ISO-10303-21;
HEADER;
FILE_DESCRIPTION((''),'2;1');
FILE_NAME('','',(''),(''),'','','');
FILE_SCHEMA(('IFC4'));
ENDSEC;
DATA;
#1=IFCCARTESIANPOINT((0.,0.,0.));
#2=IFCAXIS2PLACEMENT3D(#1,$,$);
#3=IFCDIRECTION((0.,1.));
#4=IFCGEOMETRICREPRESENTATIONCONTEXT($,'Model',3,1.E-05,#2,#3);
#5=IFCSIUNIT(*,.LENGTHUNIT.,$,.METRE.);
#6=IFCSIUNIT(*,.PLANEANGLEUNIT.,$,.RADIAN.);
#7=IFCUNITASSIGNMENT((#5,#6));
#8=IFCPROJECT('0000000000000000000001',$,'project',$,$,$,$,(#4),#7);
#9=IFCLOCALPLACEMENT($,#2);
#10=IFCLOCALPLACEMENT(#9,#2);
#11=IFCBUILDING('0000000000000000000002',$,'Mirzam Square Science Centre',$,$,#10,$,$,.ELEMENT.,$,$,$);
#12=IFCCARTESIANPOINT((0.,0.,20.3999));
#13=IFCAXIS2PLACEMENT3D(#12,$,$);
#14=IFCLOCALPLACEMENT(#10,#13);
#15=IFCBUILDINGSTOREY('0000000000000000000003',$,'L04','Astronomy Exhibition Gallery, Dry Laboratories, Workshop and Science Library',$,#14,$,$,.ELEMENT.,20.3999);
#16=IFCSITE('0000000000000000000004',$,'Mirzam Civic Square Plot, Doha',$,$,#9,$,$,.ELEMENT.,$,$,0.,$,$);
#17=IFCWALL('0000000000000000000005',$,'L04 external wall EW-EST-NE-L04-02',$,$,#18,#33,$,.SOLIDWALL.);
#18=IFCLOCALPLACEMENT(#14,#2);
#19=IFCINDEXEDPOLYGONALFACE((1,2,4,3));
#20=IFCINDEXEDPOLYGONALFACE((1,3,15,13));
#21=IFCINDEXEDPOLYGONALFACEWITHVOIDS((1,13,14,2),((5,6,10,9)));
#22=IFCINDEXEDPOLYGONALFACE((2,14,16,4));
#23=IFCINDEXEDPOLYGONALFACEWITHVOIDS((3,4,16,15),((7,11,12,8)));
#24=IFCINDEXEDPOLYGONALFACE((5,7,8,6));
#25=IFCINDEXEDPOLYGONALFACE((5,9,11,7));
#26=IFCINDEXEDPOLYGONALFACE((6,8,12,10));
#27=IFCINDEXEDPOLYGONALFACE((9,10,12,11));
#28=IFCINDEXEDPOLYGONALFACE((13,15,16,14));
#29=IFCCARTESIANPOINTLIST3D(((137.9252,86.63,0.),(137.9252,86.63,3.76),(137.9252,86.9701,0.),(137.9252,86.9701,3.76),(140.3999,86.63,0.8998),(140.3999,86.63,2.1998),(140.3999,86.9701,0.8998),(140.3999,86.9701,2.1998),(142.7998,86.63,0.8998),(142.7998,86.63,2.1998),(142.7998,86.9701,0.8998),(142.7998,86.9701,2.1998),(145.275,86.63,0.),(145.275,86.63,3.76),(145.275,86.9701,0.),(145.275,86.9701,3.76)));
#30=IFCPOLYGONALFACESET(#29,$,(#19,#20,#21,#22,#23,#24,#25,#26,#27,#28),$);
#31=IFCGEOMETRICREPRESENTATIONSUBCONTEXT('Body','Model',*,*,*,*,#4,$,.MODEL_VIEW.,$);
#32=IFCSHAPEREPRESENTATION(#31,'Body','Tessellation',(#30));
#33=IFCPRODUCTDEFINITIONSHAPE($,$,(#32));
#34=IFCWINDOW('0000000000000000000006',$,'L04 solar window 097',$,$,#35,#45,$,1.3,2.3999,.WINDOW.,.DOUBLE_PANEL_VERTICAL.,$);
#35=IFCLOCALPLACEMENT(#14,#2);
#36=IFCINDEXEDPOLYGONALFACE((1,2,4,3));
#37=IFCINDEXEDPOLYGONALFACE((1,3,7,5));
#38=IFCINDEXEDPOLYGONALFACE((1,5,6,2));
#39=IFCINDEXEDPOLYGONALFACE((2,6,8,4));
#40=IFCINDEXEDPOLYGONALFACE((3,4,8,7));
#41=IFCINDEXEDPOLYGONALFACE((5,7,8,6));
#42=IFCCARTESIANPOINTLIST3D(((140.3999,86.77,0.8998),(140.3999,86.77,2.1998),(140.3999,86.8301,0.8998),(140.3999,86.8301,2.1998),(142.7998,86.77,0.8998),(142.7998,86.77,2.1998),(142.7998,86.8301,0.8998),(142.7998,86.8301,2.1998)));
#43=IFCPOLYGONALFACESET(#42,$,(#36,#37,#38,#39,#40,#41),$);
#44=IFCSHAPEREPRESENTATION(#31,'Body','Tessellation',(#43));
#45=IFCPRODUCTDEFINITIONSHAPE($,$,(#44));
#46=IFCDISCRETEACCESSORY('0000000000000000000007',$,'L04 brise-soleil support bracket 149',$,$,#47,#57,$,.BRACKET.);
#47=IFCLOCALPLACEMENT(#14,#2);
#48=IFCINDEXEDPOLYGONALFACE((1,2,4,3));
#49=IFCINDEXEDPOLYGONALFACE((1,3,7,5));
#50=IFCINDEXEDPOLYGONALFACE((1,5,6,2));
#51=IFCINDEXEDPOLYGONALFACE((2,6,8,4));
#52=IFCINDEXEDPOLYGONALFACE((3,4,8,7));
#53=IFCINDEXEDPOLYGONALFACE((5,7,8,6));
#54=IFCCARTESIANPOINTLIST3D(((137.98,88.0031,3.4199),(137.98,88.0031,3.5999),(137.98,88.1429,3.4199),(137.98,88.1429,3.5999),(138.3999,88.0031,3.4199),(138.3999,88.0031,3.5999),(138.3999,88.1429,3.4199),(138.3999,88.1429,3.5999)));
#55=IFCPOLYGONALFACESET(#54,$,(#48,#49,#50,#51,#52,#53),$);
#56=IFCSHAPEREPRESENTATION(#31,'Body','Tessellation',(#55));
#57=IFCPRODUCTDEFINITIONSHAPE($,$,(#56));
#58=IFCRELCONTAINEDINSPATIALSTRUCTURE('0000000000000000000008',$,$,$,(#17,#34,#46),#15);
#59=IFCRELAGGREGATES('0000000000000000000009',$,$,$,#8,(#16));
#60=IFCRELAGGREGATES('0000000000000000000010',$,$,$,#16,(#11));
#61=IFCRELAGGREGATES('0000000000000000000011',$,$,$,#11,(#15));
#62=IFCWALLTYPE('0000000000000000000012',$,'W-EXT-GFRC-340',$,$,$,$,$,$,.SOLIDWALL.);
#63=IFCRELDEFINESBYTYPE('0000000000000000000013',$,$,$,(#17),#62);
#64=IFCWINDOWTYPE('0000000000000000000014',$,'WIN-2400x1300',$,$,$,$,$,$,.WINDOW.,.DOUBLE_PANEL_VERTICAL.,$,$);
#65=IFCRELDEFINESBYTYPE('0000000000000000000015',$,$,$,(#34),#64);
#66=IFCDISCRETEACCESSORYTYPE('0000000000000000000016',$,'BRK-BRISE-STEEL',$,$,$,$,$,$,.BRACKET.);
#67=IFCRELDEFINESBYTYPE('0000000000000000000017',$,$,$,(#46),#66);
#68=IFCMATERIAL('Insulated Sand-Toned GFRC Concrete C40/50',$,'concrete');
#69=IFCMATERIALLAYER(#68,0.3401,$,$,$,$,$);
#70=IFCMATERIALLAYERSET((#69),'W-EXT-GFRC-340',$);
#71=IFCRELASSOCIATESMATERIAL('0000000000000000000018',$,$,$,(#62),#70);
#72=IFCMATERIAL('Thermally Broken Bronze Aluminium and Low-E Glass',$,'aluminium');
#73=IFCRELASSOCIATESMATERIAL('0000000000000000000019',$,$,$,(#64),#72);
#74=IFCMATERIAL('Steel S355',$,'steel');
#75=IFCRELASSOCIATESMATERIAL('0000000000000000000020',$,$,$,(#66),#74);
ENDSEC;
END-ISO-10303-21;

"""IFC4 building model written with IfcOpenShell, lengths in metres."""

from ifc_helpers import new_model, si_unit, direction, frame, frame_2d, origin, origin_2d, place, context, subcontext, project, spatial, rectangle, extrude, material, layer, layer_set, type_object, element, fill, save


model = new_model("IFC4")

# Units and contexts
model_context = context("Model", 3, precision=1e-05, world=origin(), true_north=direction((0.0, 1.0)))
body_context = subcontext(model_context, "Body", "Model", "MODEL_VIEW")
ifc_project = project(units=[si_unit("LENGTHUNIT", "METRE"), si_unit("PLANEANGLEUNIT", "RADIAN")], contexts=[model_context])

# Site, building, storey
site_placement = place(None, origin())
site = spatial("IfcSite", under=ifc_project, at=site_placement, Name="Mirzam Civic Square Plot, Doha", CompositionType="ELEMENT", RefElevation=0.0)
building_placement = place(site_placement, origin())
building = spatial("IfcBuilding", under=site, at=building_placement, Name="Mirzam Square Science Centre", CompositionType="ELEMENT")
storey_placement = place(building_placement, frame((0.0, 0.0, 20.3999)))
storey = spatial("IfcBuildingStorey", under=building, at=storey_placement, Name="L04", Description="Astronomy Exhibition Gallery, Dry Laboratories, Workshop and Science Library", CompositionType="ELEMENT", Elevation=20.3999)

# Shared definitions
ifc_material_1 = material(Name="Steel S355", Category="steel")

# Wall, opening, window
ifc_material_2 = material(Name="Insulated Sand-Toned GFRC Concrete C40/50", Category="concrete")
ifc_layer_1 = layer(ifc_material_2, 0.3401)
ifc_layer_set_1 = layer_set([ifc_layer_1], Name="W-EXT-GFRC-340")
wall_type = type_object("IfcWallType", Name="W-EXT-GFRC-340", PredefinedType="SOLIDWALL", material=ifc_layer_set_1)
wall_placement = place(storey_placement, frame((145.2749, 86.8, 0.0), z_axis=(0.0, 0.0, 1.0), x_axis=(-1.0, 0.0, 0.0)))
wall = element("IfcWall", 1, at=wall_placement, inside=storey, type_object=wall_type, Name="L04 external wall EW-EST-NE-L04-02", PredefinedType="SOLIDWALL", context=body_context, shape_type="SweptSolid", body=[
    extrude(rectangle(XDim=7.3499, YDim=0.3401, at=frame_2d((3.6748, 0.0))), origin(), (0.0, 0.0, 1.0), 3.76),
])
opening_placement = place(wall_placement, frame((2.4751, 0.0, 0.8999)))
opening = element("IfcOpeningElement", 2, at=opening_placement, cuts=wall, PredefinedType="OPENING", context=body_context, shape_type="SweptSolid", body=[
    extrude(rectangle(XDim=2.3999, YDim=1.3, at=frame_2d((1.2, 0.6499))), frame((0.0, 0.1799, 0.0), z_axis=(0.0, -1.0, 0.0), x_axis=(1.0, 0.0, 0.0)), (0.0, 0.0, 1.0), 0.3601),
])
ifc_material_3 = material(Name="Thermally Broken Bronze Aluminium and Low-E Glass", Category="aluminium")
window_type = type_object("IfcWindowType", Name="WIN-2400x1300", PartitioningType="DOUBLE_PANEL_VERTICAL", PredefinedType="WINDOW", material=ifc_material_3)
window_placement = place(opening_placement, origin())
window = element("IfcWindow", 3, at=window_placement, inside=storey, type_object=window_type, Name="L04 solar window 097", OverallHeight=1.3, OverallWidth=2.3999, PartitioningType="DOUBLE_PANEL_VERTICAL", PredefinedType="WINDOW", context=body_context, shape_type="SweptSolid", body=[
    extrude(rectangle(XDim=2.3999, YDim=1.3, at=frame_2d((1.2, 0.6499))), frame((0.0, 0.03, 0.0), z_axis=(0.0, -1.0, 0.0), x_axis=(1.0, 0.0, 0.0)), (0.0, 0.0, 1.0), 0.0601),
])
fill(opening, window)

# Discrete accessory
discrete_accessory_type = type_object("IfcDiscreteAccessoryType", Name="BRK-BRISE-STEEL", PredefinedType="BRACKET", material=ifc_material_1)
discrete_accessory_placement = place(storey_placement, frame((138.1899, 88.073, 3.4199), z_axis=(0.0, 0.0, 1.0), x_axis=(0.0, 1.0, 0.0)))
element("IfcDiscreteAccessory", 4, at=discrete_accessory_placement, inside=storey, type_object=discrete_accessory_type, Name="L04 brise-soleil support bracket 149", PredefinedType="BRACKET", context=body_context, shape_type="SweptSolid", body=[
    extrude(rectangle(XDim=0.1399, YDim=0.4199, at=origin_2d()), origin(), (0.0, 0.0, 1.0), 0.1799),
])

save(model, "model.ifc")
